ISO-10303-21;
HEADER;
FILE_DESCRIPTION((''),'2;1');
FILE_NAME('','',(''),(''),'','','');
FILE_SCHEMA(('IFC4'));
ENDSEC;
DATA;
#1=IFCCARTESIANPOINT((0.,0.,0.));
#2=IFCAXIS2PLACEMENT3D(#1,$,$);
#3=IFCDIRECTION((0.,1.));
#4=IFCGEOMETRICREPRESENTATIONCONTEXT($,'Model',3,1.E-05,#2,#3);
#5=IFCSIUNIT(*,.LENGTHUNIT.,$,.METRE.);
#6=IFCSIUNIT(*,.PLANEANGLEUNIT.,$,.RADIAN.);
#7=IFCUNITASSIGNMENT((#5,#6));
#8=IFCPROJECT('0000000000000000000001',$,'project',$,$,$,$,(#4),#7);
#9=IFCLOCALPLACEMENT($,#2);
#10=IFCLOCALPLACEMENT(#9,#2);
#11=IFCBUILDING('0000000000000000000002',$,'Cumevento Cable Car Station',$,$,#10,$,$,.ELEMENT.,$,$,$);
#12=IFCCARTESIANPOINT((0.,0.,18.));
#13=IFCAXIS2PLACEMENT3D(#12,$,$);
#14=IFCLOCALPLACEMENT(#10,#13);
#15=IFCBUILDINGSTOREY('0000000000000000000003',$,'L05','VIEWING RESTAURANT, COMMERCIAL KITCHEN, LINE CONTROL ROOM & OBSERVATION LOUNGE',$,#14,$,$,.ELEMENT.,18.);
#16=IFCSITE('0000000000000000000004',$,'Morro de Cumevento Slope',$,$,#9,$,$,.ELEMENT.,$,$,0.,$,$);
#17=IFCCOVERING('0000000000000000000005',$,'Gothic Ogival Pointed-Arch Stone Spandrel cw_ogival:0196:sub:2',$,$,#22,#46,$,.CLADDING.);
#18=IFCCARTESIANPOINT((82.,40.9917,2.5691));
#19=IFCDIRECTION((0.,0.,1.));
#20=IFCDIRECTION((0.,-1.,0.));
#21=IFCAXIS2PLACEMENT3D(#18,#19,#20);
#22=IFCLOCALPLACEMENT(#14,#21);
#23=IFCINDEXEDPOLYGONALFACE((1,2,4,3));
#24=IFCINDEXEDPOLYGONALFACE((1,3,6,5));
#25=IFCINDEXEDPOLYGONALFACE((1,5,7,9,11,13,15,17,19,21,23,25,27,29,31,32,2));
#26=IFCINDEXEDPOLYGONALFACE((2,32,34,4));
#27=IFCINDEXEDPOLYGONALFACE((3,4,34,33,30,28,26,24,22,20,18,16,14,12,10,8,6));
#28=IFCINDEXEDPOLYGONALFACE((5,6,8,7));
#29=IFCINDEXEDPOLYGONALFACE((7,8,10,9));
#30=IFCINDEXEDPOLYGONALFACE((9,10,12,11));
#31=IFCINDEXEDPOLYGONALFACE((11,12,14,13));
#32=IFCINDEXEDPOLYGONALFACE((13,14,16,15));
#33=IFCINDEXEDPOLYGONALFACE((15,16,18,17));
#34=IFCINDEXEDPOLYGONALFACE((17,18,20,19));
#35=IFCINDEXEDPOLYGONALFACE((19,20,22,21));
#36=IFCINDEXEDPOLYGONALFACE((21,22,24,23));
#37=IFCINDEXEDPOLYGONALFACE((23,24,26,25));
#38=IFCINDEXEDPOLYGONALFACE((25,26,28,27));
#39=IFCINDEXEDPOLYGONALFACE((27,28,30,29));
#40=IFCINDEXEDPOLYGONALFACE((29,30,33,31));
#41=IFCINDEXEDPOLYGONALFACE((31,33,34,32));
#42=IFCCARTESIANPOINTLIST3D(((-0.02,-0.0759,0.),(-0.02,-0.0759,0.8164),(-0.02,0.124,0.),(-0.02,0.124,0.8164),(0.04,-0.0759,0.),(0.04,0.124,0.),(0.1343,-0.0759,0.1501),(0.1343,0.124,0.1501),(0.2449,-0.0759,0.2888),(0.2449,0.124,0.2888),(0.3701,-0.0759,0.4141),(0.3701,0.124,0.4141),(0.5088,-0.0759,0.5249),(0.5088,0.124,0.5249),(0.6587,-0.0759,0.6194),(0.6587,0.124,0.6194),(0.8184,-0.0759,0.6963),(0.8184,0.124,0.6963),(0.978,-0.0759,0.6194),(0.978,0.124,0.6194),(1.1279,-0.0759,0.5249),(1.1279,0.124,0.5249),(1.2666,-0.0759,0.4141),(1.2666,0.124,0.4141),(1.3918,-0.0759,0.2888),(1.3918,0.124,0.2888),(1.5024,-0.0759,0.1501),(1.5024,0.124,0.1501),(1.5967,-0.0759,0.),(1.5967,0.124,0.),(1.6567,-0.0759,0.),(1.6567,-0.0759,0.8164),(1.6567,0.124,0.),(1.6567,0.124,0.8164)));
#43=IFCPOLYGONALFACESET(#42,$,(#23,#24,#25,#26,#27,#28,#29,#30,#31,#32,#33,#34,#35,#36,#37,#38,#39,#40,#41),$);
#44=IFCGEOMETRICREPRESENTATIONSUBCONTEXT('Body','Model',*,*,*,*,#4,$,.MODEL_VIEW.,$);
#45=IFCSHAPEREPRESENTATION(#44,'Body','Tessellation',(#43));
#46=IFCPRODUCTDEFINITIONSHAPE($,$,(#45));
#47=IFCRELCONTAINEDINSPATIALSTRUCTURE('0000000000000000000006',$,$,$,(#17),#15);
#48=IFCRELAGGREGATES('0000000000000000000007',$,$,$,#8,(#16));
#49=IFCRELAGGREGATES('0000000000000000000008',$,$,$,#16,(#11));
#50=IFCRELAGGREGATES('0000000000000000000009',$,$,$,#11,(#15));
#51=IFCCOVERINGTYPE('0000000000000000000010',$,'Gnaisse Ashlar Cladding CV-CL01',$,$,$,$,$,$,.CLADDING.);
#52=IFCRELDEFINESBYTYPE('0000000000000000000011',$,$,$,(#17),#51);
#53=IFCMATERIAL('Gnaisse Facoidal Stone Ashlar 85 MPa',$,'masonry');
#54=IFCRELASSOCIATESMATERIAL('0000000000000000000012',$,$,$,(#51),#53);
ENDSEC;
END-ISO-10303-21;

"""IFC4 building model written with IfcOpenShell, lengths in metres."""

from ifc_helpers import new_model, si_unit, direction, frame, origin, place, context, subcontext, project, spatial, polyline, outline, extrude, material, type_object, element, save


model = new_model("IFC4")

# Units and contexts
model_context = context("Model", 3, precision=1e-05, world=origin(), true_north=direction((0.0, 1.0)))
body_context = subcontext(model_context, "Body", "Model", "MODEL_VIEW")
ifc_project = project(units=[si_unit("LENGTHUNIT", "METRE"), si_unit("PLANEANGLEUNIT", "RADIAN")], contexts=[model_context])

# Site, building, storey
site_placement = place(None, origin())
site = spatial("IfcSite", under=ifc_project, at=site_placement, Name="Morro de Cumevento Slope", CompositionType="ELEMENT", RefElevation=0.0)
building_placement = place(site_placement, origin())
building = spatial("IfcBuilding", under=site, at=building_placement, Name="Cumevento Cable Car Station", CompositionType="ELEMENT")
storey_placement = place(building_placement, frame((0.0, 0.0, 18.0)))
storey = spatial("IfcBuildingStorey", under=building, at=storey_placement, Name="L05", Description="VIEWING RESTAURANT, COMMERCIAL KITCHEN, LINE CONTROL ROOM & OBSERVATION LOUNGE", CompositionType="ELEMENT", Elevation=18.0)

# Covering
ifc_material_1 = material(Name="Gnaisse Facoidal Stone Ashlar 85 MPa", Category="masonry")
covering_type = type_object("IfcCoveringType", Name="Gnaisse Ashlar Cladding CV-CL01", PredefinedType="CLADDING", material=ifc_material_1)
covering_1_placement = place(storey_placement, frame((82.0, 40.9917, 2.5691), z_axis=(0.0, 0.0, 1.0), x_axis=(0.0, -1.0, 0.0)))
element("IfcCovering", 1, at=covering_1_placement, inside=storey, type_object=covering_type, Name="Gothic Ogival Pointed-Arch Stone Spandrel cw_ogival:0196:sub:2", PredefinedType="CLADDING", context=body_context, shape_type="SweptSolid", body=[
    extrude(outline(polyline([(-0.02, 0.0), (-0.02, 0.8164), (1.6567, 0.8164), (1.6567, 0.0), (1.5967, 0.0), (1.5024, 0.1501), (1.3918, 0.2888), (1.2666, 0.4141), (1.1279, 0.5249), (0.978, 0.6194), (0.8184, 0.6963), (0.6587, 0.6194), (0.5088, 0.5249), (0.3701, 0.4141), (0.2449, 0.2888), (0.1343, 0.1501), (0.04, 0.0), (-0.02, 0.0)])), frame((0.0, 0.124, 0.0), z_axis=(0.0, -1.0, 0.0), x_axis=(1.0, 0.0, 0.0)), (0.0, 0.0, 1.0), 0.2),
])

save(model, "model.ifc")
